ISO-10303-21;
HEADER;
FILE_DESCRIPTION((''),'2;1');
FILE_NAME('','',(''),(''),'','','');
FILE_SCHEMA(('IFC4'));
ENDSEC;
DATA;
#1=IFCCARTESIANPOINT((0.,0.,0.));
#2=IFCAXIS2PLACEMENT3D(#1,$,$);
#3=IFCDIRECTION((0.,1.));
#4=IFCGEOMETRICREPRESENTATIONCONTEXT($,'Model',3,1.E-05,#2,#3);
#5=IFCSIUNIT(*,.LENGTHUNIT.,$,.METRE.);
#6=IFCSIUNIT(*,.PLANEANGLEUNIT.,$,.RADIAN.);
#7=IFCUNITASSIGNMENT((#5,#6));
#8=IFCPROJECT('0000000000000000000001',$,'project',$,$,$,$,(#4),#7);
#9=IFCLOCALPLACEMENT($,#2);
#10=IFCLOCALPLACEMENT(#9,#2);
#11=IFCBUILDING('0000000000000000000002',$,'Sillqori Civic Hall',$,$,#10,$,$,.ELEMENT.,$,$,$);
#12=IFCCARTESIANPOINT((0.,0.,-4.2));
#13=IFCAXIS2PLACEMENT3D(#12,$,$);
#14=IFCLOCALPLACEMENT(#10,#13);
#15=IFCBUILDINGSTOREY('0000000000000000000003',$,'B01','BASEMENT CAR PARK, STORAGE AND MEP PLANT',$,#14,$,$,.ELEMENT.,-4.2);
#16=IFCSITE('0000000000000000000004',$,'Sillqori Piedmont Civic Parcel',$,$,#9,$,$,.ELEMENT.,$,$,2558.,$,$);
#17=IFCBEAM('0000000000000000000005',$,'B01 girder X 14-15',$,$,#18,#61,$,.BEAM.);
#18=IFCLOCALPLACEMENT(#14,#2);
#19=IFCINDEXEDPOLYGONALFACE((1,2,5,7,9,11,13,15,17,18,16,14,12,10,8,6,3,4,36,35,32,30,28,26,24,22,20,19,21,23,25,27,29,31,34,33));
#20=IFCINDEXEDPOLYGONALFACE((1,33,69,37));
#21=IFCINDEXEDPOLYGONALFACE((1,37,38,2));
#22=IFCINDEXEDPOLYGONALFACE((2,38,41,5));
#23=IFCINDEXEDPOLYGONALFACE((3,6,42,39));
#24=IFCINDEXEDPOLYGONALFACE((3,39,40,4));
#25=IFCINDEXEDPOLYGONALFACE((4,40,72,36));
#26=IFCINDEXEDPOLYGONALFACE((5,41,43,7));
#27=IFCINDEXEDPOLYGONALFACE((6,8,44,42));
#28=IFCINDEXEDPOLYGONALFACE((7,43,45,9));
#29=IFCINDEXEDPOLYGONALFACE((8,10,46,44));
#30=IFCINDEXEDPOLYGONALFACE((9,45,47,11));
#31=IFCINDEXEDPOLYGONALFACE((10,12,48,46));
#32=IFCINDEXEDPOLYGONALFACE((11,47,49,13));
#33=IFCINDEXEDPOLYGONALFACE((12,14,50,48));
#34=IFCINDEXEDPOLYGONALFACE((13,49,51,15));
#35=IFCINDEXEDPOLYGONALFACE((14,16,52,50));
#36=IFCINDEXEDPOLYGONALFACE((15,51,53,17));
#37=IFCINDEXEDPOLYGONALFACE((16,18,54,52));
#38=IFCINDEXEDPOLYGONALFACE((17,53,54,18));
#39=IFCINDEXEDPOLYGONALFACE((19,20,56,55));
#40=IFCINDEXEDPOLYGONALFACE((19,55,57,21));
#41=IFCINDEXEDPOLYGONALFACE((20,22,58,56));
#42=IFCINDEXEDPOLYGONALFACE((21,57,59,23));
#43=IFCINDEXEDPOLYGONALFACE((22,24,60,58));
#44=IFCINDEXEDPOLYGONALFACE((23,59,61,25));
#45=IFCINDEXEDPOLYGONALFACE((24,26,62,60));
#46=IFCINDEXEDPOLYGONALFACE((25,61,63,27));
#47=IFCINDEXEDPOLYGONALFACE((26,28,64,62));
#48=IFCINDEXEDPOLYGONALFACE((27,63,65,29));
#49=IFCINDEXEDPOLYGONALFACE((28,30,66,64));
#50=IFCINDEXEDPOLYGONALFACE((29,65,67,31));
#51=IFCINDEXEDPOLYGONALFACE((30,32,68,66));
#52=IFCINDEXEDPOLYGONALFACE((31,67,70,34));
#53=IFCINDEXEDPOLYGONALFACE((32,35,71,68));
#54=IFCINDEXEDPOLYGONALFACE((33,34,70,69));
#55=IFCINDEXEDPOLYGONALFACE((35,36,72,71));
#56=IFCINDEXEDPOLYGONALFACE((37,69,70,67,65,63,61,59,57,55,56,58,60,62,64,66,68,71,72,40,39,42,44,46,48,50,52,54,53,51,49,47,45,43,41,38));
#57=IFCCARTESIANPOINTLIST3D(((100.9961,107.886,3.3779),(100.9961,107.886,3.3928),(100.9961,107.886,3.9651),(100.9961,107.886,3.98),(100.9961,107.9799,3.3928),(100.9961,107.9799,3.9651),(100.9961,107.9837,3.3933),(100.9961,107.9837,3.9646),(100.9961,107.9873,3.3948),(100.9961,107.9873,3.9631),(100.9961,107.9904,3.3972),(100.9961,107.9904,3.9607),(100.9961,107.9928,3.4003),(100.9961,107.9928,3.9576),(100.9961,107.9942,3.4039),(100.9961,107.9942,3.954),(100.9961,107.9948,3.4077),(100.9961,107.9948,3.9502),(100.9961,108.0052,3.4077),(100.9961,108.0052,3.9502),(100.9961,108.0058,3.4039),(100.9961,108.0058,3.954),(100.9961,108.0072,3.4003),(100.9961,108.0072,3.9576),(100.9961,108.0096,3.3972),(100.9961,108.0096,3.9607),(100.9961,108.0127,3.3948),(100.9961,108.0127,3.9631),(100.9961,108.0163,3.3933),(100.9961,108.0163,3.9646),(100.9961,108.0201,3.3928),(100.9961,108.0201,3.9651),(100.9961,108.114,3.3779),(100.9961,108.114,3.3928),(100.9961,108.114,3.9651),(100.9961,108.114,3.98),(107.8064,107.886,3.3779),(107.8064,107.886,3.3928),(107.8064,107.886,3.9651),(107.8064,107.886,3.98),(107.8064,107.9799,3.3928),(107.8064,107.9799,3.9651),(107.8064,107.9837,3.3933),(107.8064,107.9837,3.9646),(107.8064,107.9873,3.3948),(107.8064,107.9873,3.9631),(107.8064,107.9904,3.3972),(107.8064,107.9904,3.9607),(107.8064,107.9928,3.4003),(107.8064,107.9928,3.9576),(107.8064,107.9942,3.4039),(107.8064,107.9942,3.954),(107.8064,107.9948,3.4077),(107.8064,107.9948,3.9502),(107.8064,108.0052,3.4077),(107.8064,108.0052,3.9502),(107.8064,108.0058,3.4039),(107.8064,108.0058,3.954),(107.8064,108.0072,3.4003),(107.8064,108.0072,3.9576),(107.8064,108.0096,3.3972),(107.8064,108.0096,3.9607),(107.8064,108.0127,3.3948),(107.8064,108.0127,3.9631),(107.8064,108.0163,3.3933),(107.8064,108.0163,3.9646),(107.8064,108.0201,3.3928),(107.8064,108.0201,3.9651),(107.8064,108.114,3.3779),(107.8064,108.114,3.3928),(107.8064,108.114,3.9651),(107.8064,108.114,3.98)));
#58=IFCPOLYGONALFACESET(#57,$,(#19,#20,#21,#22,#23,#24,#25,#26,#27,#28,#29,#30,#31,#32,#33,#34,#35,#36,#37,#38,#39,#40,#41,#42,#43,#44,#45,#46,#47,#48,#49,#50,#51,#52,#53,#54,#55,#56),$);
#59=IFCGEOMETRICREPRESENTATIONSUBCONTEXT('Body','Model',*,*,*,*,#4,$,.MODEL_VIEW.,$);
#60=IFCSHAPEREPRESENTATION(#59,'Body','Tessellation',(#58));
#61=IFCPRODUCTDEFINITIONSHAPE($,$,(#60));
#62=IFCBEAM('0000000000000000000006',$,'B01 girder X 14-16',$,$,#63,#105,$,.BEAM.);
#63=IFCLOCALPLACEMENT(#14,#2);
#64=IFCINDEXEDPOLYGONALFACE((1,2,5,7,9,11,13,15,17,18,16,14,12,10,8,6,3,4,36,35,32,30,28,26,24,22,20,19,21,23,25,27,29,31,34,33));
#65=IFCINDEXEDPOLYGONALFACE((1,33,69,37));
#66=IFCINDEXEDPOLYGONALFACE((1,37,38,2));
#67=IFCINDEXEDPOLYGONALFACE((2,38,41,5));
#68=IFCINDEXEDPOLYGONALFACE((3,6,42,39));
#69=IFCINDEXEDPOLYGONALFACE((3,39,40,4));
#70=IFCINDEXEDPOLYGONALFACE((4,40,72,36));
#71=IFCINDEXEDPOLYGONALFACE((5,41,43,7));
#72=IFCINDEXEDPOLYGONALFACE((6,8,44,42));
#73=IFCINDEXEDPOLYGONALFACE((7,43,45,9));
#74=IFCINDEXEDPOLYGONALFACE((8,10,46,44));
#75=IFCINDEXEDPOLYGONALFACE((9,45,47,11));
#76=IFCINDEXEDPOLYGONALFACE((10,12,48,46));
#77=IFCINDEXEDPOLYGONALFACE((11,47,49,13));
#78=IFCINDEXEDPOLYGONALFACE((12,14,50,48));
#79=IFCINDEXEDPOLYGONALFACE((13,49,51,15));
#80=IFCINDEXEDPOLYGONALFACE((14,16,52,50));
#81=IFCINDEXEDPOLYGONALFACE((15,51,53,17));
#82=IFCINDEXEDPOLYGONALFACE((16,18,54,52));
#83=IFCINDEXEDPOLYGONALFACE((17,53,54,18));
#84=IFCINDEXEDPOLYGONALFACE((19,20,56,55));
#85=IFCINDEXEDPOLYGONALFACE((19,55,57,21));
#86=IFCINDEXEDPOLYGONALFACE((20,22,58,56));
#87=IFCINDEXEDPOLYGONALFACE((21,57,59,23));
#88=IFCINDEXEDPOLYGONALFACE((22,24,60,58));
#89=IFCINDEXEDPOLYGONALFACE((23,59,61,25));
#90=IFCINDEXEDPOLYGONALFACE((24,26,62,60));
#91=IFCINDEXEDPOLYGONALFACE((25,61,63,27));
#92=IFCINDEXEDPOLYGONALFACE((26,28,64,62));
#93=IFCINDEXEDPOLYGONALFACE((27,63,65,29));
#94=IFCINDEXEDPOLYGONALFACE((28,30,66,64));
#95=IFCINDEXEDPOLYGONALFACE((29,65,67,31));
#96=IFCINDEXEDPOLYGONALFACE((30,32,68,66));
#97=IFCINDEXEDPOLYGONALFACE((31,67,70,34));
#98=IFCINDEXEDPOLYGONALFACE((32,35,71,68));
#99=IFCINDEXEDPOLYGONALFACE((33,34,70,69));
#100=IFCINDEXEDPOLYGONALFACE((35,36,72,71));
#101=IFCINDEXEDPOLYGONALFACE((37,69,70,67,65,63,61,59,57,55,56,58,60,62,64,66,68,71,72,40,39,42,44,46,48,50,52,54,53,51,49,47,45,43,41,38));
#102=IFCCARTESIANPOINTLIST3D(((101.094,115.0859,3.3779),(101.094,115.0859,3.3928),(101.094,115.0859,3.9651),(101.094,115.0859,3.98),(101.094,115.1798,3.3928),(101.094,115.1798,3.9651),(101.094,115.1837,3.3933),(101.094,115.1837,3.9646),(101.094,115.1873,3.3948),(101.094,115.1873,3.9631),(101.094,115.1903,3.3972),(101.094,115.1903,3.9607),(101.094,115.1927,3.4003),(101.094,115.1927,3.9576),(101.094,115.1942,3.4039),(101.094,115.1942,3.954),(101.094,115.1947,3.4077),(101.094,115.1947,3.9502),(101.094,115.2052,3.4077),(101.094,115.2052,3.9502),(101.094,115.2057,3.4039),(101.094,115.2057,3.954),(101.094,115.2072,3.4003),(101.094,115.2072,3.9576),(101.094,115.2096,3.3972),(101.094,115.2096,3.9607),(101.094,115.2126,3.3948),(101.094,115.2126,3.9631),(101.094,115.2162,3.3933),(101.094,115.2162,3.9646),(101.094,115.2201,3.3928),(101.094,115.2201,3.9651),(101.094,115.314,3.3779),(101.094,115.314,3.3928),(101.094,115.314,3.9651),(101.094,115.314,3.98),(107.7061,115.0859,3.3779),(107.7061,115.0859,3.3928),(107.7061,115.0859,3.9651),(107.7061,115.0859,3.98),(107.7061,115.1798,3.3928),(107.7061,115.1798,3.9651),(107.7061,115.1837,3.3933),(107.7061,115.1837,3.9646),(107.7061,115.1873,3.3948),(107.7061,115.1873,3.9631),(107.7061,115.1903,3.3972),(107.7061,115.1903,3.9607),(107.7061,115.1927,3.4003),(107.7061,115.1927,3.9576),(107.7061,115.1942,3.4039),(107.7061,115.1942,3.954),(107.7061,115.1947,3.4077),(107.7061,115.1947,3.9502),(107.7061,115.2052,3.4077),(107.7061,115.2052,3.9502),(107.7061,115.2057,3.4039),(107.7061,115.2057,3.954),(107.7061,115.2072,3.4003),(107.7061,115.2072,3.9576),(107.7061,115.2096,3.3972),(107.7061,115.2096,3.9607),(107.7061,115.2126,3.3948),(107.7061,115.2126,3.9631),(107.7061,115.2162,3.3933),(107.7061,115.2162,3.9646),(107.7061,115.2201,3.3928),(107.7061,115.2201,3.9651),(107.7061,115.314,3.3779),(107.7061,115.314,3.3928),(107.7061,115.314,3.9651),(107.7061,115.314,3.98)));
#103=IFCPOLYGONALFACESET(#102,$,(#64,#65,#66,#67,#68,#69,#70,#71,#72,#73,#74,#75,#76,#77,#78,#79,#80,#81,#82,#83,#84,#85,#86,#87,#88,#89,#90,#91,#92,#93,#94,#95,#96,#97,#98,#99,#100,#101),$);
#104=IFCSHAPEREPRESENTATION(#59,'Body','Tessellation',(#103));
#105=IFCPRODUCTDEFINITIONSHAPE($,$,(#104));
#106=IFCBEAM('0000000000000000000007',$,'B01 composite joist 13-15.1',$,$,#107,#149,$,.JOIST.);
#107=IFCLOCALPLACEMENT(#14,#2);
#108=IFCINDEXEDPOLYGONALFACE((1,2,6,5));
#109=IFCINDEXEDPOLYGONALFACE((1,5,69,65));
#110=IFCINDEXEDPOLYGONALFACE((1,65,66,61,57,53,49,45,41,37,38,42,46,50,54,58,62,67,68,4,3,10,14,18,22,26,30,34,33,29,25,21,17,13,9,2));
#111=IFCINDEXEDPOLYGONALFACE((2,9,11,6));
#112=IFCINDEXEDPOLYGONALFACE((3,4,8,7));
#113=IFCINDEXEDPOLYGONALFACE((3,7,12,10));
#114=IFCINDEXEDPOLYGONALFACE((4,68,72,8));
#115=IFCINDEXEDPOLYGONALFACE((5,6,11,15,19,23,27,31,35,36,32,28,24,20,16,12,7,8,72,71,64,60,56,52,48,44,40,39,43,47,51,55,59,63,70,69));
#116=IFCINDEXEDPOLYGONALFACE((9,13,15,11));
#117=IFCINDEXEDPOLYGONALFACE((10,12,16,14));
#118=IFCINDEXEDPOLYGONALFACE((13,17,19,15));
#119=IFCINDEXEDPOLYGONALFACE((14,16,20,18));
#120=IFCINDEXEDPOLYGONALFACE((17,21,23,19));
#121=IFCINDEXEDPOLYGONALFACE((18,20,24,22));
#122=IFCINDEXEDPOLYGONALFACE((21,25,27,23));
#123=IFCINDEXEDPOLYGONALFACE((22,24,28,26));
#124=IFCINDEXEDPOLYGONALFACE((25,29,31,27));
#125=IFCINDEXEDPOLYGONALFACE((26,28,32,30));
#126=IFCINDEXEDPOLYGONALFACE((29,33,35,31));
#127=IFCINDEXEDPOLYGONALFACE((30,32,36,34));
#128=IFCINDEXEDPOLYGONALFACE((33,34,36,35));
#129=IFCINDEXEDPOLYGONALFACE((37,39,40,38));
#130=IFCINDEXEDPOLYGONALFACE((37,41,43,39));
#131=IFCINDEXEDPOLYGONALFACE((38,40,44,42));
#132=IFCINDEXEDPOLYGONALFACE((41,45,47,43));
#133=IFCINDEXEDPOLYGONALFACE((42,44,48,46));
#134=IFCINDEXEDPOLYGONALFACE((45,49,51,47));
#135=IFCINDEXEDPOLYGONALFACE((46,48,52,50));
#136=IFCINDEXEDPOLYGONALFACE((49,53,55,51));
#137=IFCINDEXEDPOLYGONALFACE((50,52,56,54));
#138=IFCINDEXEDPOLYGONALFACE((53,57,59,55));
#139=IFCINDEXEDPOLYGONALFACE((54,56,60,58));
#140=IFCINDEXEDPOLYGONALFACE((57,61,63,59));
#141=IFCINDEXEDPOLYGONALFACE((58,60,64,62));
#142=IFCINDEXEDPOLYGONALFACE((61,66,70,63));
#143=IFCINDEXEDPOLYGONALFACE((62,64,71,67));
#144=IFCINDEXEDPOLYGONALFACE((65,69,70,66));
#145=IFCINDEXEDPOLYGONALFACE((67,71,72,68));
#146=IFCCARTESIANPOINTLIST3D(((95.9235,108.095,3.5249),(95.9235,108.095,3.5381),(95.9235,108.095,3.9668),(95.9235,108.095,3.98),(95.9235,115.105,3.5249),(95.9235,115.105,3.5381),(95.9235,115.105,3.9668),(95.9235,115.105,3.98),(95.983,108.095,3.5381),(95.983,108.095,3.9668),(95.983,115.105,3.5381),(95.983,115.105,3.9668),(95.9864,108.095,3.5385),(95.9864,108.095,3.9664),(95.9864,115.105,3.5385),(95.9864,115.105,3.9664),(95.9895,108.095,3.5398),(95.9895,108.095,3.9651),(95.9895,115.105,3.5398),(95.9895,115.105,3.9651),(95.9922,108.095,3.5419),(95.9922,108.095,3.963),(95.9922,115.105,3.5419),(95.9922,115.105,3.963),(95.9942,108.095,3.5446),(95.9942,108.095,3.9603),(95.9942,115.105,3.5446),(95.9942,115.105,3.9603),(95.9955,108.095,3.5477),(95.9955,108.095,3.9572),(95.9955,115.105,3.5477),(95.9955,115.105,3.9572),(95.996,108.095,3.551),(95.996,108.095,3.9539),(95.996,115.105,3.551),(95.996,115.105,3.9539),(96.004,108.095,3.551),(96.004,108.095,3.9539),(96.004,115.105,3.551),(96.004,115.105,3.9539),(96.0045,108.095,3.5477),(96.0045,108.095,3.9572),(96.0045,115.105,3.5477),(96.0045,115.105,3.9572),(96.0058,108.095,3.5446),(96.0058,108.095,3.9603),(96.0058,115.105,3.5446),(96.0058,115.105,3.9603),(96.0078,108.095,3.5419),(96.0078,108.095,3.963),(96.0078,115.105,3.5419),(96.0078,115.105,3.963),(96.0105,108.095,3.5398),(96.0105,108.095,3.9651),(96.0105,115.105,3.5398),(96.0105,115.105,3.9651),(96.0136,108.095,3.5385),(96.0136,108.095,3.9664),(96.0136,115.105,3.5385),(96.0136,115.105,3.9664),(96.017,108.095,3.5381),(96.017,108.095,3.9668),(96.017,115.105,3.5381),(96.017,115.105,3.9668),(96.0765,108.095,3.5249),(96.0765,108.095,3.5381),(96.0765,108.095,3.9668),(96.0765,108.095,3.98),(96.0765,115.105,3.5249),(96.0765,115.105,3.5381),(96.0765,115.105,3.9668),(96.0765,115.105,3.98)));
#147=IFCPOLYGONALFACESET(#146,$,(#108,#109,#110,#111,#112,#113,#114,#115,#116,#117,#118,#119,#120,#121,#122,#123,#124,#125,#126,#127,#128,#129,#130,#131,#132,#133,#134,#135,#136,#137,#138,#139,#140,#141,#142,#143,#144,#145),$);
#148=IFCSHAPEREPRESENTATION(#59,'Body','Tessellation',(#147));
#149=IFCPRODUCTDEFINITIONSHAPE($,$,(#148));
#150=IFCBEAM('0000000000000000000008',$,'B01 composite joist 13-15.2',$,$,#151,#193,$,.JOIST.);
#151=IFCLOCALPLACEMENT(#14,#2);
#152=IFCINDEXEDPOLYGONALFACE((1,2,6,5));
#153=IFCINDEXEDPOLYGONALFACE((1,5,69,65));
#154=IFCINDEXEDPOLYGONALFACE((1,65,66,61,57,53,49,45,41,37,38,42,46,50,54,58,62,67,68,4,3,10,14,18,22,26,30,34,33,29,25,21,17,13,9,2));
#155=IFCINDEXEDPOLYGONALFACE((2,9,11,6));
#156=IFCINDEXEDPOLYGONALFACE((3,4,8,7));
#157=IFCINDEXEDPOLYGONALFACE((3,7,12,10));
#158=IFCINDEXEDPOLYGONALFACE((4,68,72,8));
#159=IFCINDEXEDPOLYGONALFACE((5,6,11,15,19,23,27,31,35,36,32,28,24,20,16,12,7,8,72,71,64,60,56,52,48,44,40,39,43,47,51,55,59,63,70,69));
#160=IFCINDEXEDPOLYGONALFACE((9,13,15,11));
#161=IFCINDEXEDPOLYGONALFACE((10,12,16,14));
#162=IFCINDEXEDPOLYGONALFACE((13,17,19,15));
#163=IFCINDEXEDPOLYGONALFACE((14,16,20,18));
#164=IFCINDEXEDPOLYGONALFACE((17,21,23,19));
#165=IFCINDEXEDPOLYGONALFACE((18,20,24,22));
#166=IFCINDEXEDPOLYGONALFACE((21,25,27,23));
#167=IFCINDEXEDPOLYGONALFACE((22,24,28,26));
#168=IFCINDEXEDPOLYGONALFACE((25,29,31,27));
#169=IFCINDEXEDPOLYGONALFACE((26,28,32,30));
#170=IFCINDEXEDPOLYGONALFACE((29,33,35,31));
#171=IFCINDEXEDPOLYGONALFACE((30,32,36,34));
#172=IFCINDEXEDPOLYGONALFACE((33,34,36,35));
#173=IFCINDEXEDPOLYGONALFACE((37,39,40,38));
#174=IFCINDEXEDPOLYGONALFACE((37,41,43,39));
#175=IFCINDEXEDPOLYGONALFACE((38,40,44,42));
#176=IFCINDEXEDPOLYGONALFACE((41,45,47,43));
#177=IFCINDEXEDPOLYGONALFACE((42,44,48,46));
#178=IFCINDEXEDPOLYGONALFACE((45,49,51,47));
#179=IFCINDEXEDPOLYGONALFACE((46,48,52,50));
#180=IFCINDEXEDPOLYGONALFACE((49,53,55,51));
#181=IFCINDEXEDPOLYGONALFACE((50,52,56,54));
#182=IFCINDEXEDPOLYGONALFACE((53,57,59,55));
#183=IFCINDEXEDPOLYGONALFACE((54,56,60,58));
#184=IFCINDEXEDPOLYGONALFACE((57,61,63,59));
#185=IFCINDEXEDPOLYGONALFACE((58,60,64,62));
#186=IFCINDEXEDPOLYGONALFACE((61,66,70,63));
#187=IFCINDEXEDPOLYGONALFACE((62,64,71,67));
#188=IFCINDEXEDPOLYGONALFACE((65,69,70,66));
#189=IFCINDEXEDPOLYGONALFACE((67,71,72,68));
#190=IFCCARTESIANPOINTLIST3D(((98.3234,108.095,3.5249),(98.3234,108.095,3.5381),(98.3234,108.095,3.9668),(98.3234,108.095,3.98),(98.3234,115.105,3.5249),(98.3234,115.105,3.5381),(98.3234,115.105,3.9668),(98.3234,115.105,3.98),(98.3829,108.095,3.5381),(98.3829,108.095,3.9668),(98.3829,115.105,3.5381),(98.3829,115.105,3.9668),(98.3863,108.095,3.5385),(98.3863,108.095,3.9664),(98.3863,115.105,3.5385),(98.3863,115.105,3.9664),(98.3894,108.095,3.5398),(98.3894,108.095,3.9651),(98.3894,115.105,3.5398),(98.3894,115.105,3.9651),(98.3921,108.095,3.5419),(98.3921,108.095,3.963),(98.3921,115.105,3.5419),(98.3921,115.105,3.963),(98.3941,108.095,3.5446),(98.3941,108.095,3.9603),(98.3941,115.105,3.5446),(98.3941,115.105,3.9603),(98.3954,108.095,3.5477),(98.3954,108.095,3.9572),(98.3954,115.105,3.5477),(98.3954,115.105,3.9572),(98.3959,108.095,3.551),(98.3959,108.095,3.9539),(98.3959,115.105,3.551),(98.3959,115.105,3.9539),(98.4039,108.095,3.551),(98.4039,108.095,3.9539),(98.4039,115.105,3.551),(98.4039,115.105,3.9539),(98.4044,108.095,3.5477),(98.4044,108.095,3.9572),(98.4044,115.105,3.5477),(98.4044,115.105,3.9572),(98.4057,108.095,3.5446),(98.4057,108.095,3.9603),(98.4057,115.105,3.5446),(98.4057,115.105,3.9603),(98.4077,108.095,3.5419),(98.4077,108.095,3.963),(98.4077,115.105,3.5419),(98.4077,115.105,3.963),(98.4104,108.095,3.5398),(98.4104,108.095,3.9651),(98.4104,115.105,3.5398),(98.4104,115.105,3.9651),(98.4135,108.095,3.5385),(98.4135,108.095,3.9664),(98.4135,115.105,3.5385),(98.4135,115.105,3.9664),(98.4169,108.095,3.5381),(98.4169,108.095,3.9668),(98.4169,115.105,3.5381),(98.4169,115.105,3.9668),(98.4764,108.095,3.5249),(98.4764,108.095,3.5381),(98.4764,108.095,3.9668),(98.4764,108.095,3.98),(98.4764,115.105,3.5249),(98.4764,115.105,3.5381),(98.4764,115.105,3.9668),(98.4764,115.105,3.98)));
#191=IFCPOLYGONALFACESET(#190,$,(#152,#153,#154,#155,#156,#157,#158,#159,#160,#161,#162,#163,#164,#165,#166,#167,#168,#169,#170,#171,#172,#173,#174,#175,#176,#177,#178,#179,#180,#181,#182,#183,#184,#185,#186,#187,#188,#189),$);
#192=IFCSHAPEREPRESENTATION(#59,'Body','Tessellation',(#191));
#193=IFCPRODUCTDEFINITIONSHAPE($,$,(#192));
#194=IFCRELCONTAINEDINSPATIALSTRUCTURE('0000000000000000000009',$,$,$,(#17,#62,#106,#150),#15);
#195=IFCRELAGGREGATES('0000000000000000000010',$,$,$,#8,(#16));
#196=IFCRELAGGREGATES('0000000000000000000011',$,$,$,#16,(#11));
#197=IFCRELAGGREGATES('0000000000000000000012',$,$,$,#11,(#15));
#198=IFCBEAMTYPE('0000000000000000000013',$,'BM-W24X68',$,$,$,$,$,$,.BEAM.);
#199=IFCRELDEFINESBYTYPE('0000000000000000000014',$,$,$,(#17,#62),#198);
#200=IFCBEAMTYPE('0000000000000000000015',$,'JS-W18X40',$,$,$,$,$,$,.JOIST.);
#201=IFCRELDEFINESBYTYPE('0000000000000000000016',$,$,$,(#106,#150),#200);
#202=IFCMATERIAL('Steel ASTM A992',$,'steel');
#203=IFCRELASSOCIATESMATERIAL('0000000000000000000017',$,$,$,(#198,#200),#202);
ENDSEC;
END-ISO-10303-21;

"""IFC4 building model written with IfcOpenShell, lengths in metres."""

from ifc_helpers import new_model, si_unit, direction, frame, origin, origin_2d, place, context, subcontext, project, spatial, i_section, extrude, material, material_profile, profile_set, type_object, element, save


model = new_model("IFC4")

# Units and contexts
model_context = context("Model", 3, precision=1e-05, world=origin(), true_north=direction((0.0, 1.0)))
body_context = subcontext(model_context, "Body", "Model", "MODEL_VIEW")
ifc_project = project(units=[si_unit("LENGTHUNIT", "METRE"), si_unit("PLANEANGLEUNIT", "RADIAN")], contexts=[model_context])

# Site, building, storey
site_placement = place(None, origin())
site = spatial("IfcSite", under=ifc_project, at=site_placement, Name="Sillqori Piedmont Civic Parcel", CompositionType="ELEMENT", RefElevation=2558.0)
building_placement = place(site_placement, origin())
building = spatial("IfcBuilding", under=site, at=building_placement, Name="Sillqori Civic Hall", CompositionType="ELEMENT")
storey_placement = place(building_placement, frame((0.0, 0.0, -4.2)))
storey = spatial("IfcBuildingStorey", under=building, at=storey_placement, Name="B01", Description="BASEMENT CAR PARK, STORAGE AND MEP PLANT", CompositionType="ELEMENT", Elevation=-4.2)

# Shared definitions
ifc_material_1 = material(Name="Steel ASTM A992", Category="steel")

# Beams
ifc_material_profile_1 = material_profile(ifc_material_1, i_section(OverallWidth=0.228, OverallDepth=0.6021, WebThickness=0.0105, FlangeThickness=0.0149, FilletRadius=0.0149, at=origin_2d()), Name="W24X68")
ifc_profile_set_1 = profile_set([ifc_material_profile_1], Name="Steel ASTM A992")
beam_type_1 = type_object("IfcBeamType", Name="BM-W24X68", PredefinedType="BEAM", material=ifc_profile_set_1)
beam_1_placement = place(storey_placement, frame((100.9961, 108.0, 3.679), z_axis=(1.0, 0.0, 0.0), x_axis=(0.0, 1.0, 0.0)))
element("IfcBeam", 1, at=beam_1_placement, inside=storey, type_object=beam_type_1, Name="B01 girder X 14-15", PredefinedType="BEAM", context=body_context, shape_type="SweptSolid", body=[
    extrude(i_section(OverallWidth=0.228, OverallDepth=0.6021, WebThickness=0.0105, FlangeThickness=0.0149, FilletRadius=0.0149, at=origin_2d()), origin(), (0.0, 0.0, 1.0), 6.8103),
])
beam_2_placement = place(storey_placement, frame((101.094, 115.2, 3.679), z_axis=(1.0, 0.0, 0.0), x_axis=(0.0, 1.0, 0.0)))
element("IfcBeam", 2, at=beam_2_placement, inside=storey, type_object=beam_type_1, Name="B01 girder X 14-16", PredefinedType="BEAM", context=body_context, shape_type="SweptSolid", body=[
    extrude(i_section(OverallWidth=0.228, OverallDepth=0.6021, WebThickness=0.0105, FlangeThickness=0.0149, FilletRadius=0.0149, at=origin_2d()), origin(), (0.0, 0.0, 1.0), 6.6121),
])
ifc_material_profile_2 = material_profile(ifc_material_1, i_section(OverallWidth=0.1531, OverallDepth=0.4551, WebThickness=0.0081, FlangeThickness=0.0132, FilletRadius=0.0129, at=origin_2d()), Name="W18X40")
ifc_profile_set_2 = profile_set([ifc_material_profile_2], Name="Steel ASTM A992")
beam_type_2 = type_object("IfcBeamType", Name="JS-W18X40", PredefinedType="JOIST", material=ifc_profile_set_2)
for number, where, z_axis, x_axis, name in (
    (3, (96.0, 108.095, 3.7524), (0.0, 1.0, 0.0), (-1.0, 0.0, 0.0), "B01 composite joist 13-15.1"),
    (4, (98.3999, 108.095, 3.7524), (0.0, 1.0, 0.0), (-1.0, 0.0, 0.0), "B01 composite joist 13-15.2"),
):
    element("IfcBeam", number, at=place(storey_placement, frame(where, z_axis=z_axis, x_axis=x_axis)), inside=storey, type_object=beam_type_2, Name=name, PredefinedType="JOIST", context=body_context, shape_type="SweptSolid", body=[
        extrude(i_section(OverallWidth=0.1531, OverallDepth=0.4551, WebThickness=0.0081, FlangeThickness=0.0132, FilletRadius=0.0129, at=origin_2d()), origin(), (0.0, 0.0, 1.0), 7.01),
    ])

save(model, "model.ifc")
